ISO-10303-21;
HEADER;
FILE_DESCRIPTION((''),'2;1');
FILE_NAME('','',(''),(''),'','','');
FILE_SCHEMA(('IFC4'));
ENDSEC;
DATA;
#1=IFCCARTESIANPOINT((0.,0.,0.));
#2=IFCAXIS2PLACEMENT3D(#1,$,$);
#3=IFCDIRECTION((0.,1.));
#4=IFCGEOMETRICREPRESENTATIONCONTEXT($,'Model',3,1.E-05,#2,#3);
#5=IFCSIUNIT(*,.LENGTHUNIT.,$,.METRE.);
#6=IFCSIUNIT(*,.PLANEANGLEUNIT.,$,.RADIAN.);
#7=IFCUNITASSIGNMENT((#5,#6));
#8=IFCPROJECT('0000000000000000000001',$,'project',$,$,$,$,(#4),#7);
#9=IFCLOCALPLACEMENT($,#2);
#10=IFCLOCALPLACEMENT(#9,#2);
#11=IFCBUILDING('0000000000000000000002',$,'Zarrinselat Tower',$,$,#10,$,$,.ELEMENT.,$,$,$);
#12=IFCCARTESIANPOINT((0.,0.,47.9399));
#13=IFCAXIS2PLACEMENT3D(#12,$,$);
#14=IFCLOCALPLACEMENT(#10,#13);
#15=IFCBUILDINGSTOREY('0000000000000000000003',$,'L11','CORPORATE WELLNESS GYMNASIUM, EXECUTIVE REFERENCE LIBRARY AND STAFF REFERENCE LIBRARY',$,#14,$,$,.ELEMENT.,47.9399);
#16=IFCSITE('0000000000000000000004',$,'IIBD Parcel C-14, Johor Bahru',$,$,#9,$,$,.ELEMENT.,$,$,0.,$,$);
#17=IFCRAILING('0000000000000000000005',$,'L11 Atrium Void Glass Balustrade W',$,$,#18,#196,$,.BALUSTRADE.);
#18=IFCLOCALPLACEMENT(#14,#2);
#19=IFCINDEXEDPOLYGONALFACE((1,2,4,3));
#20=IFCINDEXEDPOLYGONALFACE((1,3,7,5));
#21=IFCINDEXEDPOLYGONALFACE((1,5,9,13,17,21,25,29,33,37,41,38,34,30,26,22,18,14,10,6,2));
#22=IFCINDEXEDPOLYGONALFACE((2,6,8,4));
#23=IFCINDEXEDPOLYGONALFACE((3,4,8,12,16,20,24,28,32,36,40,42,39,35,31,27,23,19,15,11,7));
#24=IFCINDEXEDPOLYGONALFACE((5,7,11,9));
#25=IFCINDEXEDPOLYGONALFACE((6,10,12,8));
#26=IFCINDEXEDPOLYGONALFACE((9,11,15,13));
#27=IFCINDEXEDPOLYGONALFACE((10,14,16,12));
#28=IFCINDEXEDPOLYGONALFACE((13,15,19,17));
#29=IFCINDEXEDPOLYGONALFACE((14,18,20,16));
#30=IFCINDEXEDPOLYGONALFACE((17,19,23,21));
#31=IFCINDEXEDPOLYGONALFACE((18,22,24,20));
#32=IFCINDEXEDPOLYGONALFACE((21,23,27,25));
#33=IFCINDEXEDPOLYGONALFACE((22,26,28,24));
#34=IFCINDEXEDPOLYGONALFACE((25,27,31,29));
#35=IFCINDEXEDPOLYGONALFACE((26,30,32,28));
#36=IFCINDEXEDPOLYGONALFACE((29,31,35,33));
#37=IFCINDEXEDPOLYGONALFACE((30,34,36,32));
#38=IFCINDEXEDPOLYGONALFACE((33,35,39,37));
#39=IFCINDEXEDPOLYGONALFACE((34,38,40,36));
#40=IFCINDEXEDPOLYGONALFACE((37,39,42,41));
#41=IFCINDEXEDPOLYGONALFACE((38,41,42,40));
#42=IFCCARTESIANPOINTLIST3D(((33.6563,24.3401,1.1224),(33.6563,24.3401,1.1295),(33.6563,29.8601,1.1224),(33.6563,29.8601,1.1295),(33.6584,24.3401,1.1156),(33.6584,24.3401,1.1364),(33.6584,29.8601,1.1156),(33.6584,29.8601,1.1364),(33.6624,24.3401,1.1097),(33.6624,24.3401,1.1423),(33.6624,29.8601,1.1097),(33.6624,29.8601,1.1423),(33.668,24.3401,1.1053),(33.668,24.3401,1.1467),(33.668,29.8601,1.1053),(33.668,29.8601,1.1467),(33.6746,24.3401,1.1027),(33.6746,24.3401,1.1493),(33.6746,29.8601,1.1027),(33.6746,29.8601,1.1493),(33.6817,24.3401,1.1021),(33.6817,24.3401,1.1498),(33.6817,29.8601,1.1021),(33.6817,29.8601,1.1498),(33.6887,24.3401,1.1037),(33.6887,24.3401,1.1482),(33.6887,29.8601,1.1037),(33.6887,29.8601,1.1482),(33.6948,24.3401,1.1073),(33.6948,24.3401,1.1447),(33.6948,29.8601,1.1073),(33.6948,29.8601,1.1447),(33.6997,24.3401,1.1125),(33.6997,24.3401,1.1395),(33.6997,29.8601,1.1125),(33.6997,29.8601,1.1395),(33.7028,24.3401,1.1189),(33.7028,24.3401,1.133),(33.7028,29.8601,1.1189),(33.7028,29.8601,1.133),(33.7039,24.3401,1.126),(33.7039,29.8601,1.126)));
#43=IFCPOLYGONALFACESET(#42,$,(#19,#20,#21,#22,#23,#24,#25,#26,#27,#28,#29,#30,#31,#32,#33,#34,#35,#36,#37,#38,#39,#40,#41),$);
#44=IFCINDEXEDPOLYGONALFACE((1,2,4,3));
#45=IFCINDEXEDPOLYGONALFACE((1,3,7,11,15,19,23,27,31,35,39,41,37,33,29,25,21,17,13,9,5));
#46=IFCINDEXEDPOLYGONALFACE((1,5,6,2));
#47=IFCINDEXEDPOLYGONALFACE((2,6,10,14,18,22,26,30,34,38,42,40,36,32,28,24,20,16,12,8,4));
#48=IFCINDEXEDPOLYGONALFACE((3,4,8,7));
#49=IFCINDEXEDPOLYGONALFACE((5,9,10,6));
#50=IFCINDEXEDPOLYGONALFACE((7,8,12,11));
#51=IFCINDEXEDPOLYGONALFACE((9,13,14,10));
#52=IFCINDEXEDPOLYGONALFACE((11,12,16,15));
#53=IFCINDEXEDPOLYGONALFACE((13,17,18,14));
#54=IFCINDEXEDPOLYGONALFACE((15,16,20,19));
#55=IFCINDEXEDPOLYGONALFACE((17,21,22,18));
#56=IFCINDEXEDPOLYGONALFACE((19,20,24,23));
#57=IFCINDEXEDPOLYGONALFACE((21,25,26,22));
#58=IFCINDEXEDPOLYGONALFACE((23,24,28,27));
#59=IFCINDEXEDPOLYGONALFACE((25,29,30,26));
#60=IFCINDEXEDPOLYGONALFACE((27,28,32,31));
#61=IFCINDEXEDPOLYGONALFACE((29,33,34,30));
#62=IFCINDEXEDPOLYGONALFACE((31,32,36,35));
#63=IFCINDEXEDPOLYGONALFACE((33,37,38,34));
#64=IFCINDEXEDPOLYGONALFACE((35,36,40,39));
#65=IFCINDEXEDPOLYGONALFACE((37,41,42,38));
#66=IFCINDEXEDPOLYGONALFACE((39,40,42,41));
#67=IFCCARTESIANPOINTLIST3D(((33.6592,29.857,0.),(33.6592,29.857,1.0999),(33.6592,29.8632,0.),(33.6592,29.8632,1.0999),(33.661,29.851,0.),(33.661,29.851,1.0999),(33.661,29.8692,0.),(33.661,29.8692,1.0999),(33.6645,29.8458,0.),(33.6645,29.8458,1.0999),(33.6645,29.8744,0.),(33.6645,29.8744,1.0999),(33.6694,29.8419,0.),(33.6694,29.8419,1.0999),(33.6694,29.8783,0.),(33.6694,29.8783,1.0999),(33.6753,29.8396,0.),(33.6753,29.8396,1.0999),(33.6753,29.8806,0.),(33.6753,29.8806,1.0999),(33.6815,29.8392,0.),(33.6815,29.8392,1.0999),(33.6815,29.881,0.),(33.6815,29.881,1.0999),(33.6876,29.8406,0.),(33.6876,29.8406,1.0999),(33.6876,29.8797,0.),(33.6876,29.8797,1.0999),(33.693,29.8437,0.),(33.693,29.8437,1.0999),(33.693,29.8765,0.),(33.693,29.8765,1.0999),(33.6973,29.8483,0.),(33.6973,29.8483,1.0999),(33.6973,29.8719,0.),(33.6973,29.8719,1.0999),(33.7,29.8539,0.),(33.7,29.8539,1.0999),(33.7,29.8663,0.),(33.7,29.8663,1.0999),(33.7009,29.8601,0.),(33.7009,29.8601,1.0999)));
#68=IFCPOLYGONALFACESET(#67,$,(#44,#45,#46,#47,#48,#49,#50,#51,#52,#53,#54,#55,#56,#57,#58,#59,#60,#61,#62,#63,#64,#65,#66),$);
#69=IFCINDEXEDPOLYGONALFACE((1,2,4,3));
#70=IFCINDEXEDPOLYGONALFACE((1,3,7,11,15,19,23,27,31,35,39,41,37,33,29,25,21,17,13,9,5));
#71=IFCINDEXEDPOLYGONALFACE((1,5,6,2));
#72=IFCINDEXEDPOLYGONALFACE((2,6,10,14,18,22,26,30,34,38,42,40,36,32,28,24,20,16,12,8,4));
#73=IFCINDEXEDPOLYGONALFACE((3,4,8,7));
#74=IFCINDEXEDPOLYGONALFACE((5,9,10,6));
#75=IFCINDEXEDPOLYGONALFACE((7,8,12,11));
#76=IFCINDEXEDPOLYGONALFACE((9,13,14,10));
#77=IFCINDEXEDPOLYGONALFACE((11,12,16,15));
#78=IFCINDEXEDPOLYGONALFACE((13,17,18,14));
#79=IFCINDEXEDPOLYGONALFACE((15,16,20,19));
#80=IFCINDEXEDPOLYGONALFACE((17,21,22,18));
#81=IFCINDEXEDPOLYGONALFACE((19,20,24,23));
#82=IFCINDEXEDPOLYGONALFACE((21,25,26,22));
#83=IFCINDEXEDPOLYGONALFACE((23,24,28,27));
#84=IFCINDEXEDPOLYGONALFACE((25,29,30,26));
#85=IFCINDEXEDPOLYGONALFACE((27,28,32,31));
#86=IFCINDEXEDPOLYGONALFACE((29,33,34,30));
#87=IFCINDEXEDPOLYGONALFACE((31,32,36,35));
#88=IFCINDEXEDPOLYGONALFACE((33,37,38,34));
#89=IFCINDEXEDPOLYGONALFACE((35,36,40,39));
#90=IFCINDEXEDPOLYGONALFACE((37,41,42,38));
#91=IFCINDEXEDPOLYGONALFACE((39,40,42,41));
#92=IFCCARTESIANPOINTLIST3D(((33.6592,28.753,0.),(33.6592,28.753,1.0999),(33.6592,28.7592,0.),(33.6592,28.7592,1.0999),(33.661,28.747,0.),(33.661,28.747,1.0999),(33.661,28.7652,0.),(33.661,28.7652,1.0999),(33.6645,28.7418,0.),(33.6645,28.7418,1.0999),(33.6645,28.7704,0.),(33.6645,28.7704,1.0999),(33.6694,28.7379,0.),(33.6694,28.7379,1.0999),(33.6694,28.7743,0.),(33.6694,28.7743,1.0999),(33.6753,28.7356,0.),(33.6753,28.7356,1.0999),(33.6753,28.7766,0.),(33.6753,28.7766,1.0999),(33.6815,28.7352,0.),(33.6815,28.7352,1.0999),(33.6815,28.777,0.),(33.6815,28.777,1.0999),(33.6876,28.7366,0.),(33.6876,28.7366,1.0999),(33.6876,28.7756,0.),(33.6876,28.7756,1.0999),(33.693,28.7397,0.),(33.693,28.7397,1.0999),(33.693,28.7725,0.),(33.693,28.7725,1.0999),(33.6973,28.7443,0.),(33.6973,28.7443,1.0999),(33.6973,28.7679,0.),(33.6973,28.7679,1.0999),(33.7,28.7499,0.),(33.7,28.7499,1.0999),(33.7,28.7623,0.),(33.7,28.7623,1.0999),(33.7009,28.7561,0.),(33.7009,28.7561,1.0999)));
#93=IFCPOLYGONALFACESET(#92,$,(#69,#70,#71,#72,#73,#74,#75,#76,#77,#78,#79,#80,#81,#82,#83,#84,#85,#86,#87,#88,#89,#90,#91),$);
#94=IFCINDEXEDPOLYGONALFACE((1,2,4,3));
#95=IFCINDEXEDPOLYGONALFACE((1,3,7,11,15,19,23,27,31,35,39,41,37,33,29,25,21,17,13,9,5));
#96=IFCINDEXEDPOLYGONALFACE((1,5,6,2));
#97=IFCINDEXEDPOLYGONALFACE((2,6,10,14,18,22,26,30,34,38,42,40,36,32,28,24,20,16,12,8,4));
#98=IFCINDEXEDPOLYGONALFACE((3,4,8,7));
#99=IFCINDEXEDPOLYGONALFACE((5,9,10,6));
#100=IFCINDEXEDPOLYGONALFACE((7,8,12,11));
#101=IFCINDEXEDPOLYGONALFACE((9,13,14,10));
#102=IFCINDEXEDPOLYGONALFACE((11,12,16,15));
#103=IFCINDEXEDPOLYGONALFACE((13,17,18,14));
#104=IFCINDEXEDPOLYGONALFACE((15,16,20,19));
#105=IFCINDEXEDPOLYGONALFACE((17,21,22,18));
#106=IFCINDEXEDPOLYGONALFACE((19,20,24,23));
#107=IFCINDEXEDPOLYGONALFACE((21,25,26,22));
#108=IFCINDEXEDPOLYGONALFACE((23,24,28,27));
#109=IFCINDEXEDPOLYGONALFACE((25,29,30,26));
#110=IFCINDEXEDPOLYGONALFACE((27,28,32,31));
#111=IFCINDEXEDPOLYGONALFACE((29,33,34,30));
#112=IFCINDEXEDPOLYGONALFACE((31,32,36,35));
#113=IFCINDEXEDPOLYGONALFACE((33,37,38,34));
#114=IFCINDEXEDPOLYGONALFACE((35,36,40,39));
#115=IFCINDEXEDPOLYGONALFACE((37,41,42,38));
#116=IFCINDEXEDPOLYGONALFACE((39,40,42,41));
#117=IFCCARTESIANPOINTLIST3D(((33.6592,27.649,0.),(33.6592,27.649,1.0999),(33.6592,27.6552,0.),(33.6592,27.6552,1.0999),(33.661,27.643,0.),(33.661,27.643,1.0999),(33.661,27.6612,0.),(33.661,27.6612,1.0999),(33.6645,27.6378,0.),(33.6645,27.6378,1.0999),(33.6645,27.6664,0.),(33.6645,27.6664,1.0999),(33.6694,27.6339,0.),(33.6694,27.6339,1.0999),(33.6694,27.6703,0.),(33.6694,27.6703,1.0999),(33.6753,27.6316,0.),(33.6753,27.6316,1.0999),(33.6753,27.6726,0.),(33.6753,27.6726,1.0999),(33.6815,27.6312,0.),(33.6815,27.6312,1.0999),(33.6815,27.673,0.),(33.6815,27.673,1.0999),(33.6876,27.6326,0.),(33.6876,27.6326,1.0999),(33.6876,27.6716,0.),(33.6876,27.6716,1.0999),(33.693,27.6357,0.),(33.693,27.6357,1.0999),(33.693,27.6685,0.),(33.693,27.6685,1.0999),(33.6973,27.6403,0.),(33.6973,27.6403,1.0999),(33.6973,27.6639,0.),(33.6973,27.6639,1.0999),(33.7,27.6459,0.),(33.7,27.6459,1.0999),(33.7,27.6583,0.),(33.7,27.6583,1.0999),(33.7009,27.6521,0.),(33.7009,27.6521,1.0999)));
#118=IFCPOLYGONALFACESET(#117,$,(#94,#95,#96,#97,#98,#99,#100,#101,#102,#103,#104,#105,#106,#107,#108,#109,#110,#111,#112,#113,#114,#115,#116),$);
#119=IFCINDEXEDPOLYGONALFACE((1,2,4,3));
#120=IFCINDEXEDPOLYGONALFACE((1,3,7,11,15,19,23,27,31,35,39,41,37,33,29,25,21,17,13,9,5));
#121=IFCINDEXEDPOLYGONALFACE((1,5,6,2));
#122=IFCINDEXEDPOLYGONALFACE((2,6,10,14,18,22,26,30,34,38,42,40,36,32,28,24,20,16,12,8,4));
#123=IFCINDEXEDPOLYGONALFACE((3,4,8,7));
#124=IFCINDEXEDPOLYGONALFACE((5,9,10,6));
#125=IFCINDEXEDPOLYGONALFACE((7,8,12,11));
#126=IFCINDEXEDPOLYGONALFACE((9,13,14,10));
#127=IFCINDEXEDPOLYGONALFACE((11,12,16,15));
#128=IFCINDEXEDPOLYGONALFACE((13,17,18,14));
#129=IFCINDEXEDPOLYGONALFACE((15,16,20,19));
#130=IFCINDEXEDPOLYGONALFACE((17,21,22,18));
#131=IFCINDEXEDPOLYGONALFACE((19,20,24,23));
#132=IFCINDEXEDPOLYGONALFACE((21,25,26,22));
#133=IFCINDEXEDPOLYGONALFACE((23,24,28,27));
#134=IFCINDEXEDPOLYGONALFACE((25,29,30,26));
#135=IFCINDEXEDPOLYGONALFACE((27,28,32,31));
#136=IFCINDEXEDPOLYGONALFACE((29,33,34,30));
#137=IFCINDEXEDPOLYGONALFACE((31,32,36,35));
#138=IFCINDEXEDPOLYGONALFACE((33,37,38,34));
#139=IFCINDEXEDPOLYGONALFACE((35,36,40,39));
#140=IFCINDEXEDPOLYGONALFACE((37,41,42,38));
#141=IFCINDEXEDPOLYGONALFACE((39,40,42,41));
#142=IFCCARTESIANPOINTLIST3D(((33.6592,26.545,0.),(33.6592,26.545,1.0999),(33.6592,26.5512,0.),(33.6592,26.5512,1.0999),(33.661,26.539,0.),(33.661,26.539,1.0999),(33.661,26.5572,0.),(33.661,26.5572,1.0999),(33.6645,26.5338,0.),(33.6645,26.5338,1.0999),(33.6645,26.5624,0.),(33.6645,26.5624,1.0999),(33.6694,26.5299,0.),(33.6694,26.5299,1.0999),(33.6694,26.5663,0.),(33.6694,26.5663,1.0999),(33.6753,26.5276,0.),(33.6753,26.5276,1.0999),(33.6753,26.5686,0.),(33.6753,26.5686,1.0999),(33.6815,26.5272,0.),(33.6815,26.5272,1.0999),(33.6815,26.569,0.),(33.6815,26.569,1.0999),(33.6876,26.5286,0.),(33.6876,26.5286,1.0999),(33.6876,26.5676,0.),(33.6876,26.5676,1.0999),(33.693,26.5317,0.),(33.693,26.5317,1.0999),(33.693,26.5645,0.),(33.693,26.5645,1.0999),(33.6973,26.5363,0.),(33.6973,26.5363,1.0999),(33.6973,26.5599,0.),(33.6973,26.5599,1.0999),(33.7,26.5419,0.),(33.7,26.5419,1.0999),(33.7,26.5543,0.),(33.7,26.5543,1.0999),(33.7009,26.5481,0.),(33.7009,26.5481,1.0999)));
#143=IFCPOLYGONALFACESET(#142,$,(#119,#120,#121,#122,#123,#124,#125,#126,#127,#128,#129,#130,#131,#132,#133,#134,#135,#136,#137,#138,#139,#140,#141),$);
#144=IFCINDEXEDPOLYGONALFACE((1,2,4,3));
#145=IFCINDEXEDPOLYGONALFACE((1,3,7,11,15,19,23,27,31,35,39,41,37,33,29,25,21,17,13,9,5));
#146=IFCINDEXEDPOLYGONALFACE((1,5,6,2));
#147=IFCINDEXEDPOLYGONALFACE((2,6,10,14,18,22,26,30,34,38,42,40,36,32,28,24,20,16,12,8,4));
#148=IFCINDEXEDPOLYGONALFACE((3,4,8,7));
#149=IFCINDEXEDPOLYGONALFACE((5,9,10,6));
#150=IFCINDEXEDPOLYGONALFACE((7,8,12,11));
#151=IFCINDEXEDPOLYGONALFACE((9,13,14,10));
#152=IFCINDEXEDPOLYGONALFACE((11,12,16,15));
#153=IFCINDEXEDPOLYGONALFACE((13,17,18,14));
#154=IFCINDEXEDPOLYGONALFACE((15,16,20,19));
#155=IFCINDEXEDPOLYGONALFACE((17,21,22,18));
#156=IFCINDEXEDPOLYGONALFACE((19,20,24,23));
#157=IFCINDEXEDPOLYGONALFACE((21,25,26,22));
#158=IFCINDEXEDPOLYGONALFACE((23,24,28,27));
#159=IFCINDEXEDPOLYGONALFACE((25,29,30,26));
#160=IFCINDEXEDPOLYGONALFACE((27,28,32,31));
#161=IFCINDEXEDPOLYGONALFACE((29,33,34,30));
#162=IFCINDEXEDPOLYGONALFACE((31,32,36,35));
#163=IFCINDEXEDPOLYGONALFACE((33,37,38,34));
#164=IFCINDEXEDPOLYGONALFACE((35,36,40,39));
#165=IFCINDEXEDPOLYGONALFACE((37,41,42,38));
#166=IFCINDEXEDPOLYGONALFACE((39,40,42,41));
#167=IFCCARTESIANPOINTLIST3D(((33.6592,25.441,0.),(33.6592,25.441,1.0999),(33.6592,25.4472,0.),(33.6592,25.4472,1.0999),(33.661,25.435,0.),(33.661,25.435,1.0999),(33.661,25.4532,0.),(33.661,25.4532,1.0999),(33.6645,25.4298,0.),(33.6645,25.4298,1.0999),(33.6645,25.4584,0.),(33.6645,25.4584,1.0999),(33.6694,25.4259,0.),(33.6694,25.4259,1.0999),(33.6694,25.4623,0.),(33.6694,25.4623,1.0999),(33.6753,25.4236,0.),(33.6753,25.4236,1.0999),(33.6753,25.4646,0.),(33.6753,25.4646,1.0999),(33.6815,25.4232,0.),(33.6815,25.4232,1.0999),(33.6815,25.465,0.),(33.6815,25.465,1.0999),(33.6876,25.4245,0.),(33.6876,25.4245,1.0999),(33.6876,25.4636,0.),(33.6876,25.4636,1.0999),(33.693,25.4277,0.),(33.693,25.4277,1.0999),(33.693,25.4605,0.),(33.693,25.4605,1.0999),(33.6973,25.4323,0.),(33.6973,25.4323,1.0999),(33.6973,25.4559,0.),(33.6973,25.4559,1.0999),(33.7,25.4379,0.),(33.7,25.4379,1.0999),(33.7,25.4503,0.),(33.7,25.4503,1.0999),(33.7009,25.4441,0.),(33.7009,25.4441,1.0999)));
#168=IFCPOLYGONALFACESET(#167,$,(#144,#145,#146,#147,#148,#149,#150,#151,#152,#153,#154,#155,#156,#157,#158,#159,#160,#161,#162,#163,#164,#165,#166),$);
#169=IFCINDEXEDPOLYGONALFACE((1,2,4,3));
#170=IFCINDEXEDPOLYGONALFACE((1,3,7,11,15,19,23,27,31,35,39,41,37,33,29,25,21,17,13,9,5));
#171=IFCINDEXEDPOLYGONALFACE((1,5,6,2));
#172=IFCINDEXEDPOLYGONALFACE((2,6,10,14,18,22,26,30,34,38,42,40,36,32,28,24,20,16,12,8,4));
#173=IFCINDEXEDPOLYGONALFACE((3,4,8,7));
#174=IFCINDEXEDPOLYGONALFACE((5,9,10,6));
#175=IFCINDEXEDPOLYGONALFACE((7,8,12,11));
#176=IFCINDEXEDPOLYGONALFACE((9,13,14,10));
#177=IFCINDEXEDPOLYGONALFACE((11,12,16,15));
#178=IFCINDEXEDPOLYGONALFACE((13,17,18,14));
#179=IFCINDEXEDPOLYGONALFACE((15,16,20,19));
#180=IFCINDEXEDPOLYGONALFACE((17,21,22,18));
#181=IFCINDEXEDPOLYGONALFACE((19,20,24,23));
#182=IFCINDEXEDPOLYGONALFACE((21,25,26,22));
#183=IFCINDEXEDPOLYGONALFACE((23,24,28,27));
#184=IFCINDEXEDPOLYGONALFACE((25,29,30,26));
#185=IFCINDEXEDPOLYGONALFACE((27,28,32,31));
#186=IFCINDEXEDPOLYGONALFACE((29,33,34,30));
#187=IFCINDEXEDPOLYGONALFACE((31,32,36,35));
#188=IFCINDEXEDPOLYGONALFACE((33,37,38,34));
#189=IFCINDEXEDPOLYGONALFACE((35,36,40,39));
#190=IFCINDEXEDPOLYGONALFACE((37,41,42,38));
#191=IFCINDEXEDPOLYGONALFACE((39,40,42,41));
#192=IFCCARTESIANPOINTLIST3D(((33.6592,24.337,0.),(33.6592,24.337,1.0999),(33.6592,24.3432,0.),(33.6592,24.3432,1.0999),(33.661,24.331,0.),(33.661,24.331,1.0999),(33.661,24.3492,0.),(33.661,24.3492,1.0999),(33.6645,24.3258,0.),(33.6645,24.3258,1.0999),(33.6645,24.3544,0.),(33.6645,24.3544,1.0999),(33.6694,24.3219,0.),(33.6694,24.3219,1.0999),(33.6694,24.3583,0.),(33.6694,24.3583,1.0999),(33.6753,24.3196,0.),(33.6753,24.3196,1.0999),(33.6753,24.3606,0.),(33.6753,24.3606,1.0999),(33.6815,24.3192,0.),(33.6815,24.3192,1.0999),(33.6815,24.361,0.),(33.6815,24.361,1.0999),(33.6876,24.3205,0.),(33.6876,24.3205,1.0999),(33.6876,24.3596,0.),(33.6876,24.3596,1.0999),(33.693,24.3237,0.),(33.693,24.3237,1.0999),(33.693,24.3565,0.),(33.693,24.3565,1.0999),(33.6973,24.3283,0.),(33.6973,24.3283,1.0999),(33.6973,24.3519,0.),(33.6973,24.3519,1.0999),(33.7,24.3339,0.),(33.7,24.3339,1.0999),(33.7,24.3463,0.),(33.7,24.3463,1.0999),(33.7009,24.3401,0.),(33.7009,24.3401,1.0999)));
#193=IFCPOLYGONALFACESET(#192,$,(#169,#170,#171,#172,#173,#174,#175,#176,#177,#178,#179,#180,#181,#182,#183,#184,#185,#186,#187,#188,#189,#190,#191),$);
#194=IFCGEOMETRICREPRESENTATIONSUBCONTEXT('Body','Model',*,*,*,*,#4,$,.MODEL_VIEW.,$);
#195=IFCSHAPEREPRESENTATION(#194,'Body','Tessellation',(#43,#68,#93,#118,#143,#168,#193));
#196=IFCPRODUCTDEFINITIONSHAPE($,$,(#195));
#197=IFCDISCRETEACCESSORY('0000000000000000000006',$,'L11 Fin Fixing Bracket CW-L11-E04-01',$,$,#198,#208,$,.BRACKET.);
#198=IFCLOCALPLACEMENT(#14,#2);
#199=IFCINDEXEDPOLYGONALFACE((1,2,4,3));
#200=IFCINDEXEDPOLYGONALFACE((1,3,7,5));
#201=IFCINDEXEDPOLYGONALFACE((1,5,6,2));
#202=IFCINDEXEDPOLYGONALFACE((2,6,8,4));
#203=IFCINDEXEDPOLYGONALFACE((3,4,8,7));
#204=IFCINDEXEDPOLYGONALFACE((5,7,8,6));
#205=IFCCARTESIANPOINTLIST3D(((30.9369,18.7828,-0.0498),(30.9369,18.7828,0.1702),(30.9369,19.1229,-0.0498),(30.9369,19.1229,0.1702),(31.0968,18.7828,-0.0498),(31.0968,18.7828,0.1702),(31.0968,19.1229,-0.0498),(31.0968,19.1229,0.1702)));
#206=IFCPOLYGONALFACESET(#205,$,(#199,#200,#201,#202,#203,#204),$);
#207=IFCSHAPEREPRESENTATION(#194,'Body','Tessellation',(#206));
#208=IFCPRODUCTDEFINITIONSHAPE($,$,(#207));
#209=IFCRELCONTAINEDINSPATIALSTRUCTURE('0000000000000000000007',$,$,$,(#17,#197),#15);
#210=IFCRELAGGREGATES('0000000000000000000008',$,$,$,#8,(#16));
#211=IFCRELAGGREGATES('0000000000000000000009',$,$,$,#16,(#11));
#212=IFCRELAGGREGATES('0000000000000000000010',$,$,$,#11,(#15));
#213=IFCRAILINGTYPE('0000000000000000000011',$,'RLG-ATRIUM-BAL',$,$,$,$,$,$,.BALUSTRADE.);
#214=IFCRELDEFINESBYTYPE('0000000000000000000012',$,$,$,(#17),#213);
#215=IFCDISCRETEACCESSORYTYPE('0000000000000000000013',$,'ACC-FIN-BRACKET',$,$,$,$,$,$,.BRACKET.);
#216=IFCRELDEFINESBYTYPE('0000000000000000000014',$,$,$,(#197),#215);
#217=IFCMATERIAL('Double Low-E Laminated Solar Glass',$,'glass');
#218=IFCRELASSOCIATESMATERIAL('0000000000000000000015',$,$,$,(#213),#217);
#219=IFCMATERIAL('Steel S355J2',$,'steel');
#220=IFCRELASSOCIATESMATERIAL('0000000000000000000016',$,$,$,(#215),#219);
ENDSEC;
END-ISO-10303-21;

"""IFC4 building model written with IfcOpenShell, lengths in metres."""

from ifc_helpers import new_model, si_unit, direction, frame, origin, origin_2d, place, context, subcontext, project, spatial, rectangle, circle, extrude, material, type_object, element, save


model = new_model("IFC4")

# Units and contexts
model_context = context("Model", 3, precision=1e-05, world=origin(), true_north=direction((0.0, 1.0)))
body_context = subcontext(model_context, "Body", "Model", "MODEL_VIEW")
ifc_project = project(units=[si_unit("LENGTHUNIT", "METRE"), si_unit("PLANEANGLEUNIT", "RADIAN")], contexts=[model_context])

# Site, building, storey
site_placement = place(None, origin())
site = spatial("IfcSite", under=ifc_project, at=site_placement, Name="IIBD Parcel C-14, Johor Bahru", CompositionType="ELEMENT", RefElevation=0.0)
building_placement = place(site_placement, origin())
building = spatial("IfcBuilding", under=site, at=building_placement, Name="Zarrinselat Tower", CompositionType="ELEMENT")
storey_placement = place(building_placement, frame((0.0, 0.0, 47.9399)))
storey = spatial("IfcBuildingStorey", under=building, at=storey_placement, Name="L11", Description="CORPORATE WELLNESS GYMNASIUM, EXECUTIVE REFERENCE LIBRARY AND STAFF REFERENCE LIBRARY", CompositionType="ELEMENT", Elevation=47.9399)

# Railing
ifc_material_1 = material(Name="Double Low-E Laminated Solar Glass", Category="glass")
railing_type = type_object("IfcRailingType", Name="RLG-ATRIUM-BAL", PredefinedType="BALUSTRADE", material=ifc_material_1)
railing_1_placement = place(storey_placement, frame((33.6799, 29.8601, 0.0)))
element("IfcRailing", 1, at=railing_1_placement, inside=storey, type_object=railing_type, Name="L11 Atrium Void Glass Balustrade W", PredefinedType="BALUSTRADE", context=body_context, shape_type="SweptSolid", body=[
    extrude(circle(Radius=0.0239, at=origin_2d()), frame((0.0, 0.0, 1.126), z_axis=(0.0, -1.0, 0.0), x_axis=(1.0, 0.0, 0.0)), (0.0, 0.0, 1.0), 5.52),
    extrude(circle(Radius=0.021, at=origin_2d()), origin(), (0.0, 0.0, 1.0), 1.0999),
    extrude(circle(Radius=0.021, at=origin_2d()), frame((0.0, -1.104, 0.0)), (0.0, 0.0, 1.0), 1.0999),
    extrude(circle(Radius=0.021, at=origin_2d()), frame((0.0, -2.208, 0.0)), (0.0, 0.0, 1.0), 1.0999),
    extrude(circle(Radius=0.021, at=origin_2d()), frame((0.0, -3.312, 0.0)), (0.0, 0.0, 1.0), 1.0999),
    extrude(circle(Radius=0.021, at=origin_2d()), frame((0.0, -4.416, 0.0)), (0.0, 0.0, 1.0), 1.0999),
    extrude(circle(Radius=0.021, at=origin_2d()), frame((0.0, -5.52, 0.0)), (0.0, 0.0, 1.0), 1.0999),
])

# Discrete accessory
ifc_material_2 = material(Name="Steel S355J2", Category="steel")
discrete_accessory_type = type_object("IfcDiscreteAccessoryType", Name="ACC-FIN-BRACKET", PredefinedType="BRACKET", material=ifc_material_2)
discrete_accessory_placement = place(storey_placement, frame((31.0168, 18.9529, -0.0498), z_axis=(0.0, 0.0, 1.0), x_axis=(0.0, -1.0, 0.0)))
element("IfcDiscreteAccessory", 2, at=discrete_accessory_placement, inside=storey, type_object=discrete_accessory_type, Name="L11 Fin Fixing Bracket CW-L11-E04-01", PredefinedType="BRACKET", context=body_context, shape_type="SweptSolid", body=[
    extrude(rectangle(XDim=0.3401, YDim=0.1599, at=origin_2d()), origin(), (0.0, 0.0, 1.0), 0.22),
])

save(model, "model.ifc")
